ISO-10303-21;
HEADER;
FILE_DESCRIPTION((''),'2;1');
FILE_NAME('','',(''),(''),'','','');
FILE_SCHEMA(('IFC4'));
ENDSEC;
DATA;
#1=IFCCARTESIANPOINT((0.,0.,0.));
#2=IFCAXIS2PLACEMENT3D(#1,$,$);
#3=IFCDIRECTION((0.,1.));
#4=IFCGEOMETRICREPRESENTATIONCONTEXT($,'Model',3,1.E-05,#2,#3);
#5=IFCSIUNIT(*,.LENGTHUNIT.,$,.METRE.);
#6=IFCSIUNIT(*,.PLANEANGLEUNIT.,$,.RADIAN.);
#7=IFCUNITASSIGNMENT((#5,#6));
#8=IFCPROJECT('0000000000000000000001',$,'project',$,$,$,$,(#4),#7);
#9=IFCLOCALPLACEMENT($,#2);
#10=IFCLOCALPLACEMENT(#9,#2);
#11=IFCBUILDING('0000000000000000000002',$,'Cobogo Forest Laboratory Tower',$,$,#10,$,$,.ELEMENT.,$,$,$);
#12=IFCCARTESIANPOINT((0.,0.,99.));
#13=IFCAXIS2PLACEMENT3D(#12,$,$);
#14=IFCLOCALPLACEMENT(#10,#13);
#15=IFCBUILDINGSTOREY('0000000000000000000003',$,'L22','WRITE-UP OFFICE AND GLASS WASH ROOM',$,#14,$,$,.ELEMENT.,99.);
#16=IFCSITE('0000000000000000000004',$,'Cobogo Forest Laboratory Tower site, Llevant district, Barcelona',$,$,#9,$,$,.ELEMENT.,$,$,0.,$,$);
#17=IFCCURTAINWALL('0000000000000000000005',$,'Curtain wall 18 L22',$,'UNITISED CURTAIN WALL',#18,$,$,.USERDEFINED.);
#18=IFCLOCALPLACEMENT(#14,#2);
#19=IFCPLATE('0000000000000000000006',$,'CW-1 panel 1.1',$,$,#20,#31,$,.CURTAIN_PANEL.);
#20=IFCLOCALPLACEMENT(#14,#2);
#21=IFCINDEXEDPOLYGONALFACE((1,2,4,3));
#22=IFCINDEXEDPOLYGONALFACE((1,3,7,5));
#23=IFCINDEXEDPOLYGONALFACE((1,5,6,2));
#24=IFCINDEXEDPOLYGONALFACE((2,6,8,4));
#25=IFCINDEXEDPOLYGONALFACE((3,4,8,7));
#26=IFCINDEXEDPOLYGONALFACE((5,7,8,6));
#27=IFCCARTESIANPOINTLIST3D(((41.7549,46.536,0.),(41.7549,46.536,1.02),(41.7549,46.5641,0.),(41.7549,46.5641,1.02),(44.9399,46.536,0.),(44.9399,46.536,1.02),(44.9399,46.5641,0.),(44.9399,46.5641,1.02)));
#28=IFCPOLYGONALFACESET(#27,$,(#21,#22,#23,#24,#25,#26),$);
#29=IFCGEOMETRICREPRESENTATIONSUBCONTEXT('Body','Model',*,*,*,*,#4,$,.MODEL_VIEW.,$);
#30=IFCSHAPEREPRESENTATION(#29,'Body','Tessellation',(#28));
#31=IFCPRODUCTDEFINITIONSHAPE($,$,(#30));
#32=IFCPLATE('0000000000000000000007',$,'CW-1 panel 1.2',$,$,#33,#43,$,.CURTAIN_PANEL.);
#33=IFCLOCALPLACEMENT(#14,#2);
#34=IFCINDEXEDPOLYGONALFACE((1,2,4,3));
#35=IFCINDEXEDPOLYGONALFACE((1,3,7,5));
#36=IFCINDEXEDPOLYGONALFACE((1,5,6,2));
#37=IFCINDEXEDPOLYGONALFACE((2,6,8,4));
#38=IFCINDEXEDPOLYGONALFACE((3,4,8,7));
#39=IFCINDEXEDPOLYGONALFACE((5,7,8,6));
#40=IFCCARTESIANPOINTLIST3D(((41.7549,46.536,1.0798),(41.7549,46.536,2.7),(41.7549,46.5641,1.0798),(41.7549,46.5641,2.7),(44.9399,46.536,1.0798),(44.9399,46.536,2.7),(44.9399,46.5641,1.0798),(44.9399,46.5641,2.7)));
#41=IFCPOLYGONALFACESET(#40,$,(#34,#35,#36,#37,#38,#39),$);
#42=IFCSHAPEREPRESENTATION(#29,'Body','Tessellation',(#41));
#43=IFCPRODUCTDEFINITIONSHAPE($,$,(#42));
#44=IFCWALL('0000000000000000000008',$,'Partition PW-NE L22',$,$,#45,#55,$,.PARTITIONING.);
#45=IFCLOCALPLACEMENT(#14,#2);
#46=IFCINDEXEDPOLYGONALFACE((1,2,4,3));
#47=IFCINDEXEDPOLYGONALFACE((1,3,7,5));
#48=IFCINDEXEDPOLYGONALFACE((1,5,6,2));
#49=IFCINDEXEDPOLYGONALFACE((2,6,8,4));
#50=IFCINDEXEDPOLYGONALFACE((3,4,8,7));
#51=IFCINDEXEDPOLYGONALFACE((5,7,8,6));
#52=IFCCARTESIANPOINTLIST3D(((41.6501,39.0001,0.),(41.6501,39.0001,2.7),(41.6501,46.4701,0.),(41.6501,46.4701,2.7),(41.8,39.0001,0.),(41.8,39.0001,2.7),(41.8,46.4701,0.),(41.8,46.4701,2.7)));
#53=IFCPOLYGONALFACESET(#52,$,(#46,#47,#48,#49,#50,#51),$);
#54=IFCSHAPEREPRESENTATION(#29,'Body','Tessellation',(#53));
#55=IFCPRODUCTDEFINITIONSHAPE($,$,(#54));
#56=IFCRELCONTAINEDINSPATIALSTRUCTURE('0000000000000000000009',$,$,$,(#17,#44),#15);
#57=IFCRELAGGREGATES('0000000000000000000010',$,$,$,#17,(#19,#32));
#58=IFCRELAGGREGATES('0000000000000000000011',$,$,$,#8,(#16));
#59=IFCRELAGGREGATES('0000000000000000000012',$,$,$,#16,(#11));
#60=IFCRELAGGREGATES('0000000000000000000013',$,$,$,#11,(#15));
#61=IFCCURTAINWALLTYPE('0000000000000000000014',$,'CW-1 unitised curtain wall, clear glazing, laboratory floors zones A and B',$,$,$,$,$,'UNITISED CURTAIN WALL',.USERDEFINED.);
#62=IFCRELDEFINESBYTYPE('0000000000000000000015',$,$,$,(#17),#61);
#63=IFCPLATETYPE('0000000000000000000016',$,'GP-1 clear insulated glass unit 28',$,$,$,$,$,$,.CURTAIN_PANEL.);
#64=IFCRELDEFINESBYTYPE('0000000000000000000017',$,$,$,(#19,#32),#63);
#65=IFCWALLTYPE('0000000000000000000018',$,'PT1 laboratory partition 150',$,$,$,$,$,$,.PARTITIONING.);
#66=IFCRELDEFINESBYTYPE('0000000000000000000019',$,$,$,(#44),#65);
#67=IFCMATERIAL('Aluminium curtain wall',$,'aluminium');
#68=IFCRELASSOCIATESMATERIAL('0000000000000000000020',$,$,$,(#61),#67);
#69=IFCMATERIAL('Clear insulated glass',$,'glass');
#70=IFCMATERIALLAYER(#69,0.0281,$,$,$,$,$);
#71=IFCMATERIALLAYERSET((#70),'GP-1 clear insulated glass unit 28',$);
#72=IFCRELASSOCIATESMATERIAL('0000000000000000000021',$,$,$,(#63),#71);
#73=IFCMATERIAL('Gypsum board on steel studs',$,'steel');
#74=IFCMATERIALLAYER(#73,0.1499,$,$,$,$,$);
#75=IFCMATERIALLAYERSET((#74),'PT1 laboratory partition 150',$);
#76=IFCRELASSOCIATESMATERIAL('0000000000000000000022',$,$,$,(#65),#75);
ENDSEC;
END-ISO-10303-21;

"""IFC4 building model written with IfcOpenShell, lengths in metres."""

from ifc_helpers import new_model, si_unit, direction, frame, frame_2d, origin, origin_2d, place, context, subcontext, project, spatial, rectangle, extrude, material, layer, layer_set, type_object, element, aggregate, save


model = new_model("IFC4")

# Units and contexts
model_context = context("Model", 3, precision=1e-05, world=origin(), true_north=direction((0.0, 1.0)))
body_context = subcontext(model_context, "Body", "Model", "MODEL_VIEW")
ifc_project = project(units=[si_unit("LENGTHUNIT", "METRE"), si_unit("PLANEANGLEUNIT", "RADIAN")], contexts=[model_context])

# Site, building, storey
site_placement = place(None, origin())
site = spatial("IfcSite", under=ifc_project, at=site_placement, Name="Cobogo Forest Laboratory Tower site, Llevant district, Barcelona", CompositionType="ELEMENT", RefElevation=0.0)
building_placement = place(site_placement, origin())
building = spatial("IfcBuilding", under=site, at=building_placement, Name="Cobogo Forest Laboratory Tower", CompositionType="ELEMENT")
storey_placement = place(building_placement, frame((0.0, 0.0, 99.0)))
storey = spatial("IfcBuildingStorey", under=building, at=storey_placement, Name="L22", Description="WRITE-UP OFFICE AND GLASS WASH ROOM", CompositionType="ELEMENT", Elevation=99.0)

# Curtain wall
ifc_material_1 = material(Name="Aluminium curtain wall", Category="aluminium")
curtain_wall_type = type_object("IfcCurtainWallType", Name="CW-1 unitised curtain wall, clear glazing, laboratory floors zones A and B", ElementType="UNITISED CURTAIN WALL", PredefinedType="USERDEFINED", material=ifc_material_1)
curtain_wall_1_placement = place(storey_placement, origin())
curtain_wall_1 = element("IfcCurtainWall", 1, at=curtain_wall_1_placement, inside=storey, type_object=curtain_wall_type, Name="Curtain wall 18 L22", ObjectType="UNITISED CURTAIN WALL", PredefinedType="USERDEFINED")

# Plates
ifc_material_2 = material(Name="Clear insulated glass", Category="glass")
ifc_layer_1 = layer(ifc_material_2, 0.0281)
ifc_layer_set_1 = layer_set([ifc_layer_1], Name="GP-1 clear insulated glass unit 28")
plate_type = type_object("IfcPlateType", Name="GP-1 clear insulated glass unit 28", PredefinedType="CURTAIN_PANEL", material=ifc_layer_set_1)
plate_1_placement = place(storey_placement, frame((43.3474, 46.55, 0.0), z_axis=(0.0, 0.0, 1.0), x_axis=(-1.0, 0.0, 0.0)))
plate_1 = element("IfcPlate", 2, at=plate_1_placement, type_object=plate_type, Name="CW-1 panel 1.1", PredefinedType="CURTAIN_PANEL", context=body_context, shape_type="SweptSolid", body=[
    extrude(rectangle(XDim=3.1851, YDim=0.0281, at=origin_2d()), origin(), (0.0, 0.0, 1.0), 1.02),
])
plate_2_placement = place(storey_placement, frame((43.3474, 46.55, 1.0798), z_axis=(0.0, 0.0, 1.0), x_axis=(-1.0, 0.0, 0.0)))
plate_2 = element("IfcPlate", 3, at=plate_2_placement, type_object=plate_type, Name="CW-1 panel 1.2", PredefinedType="CURTAIN_PANEL", context=body_context, shape_type="SweptSolid", body=[
    extrude(rectangle(XDim=3.1851, YDim=0.0281, at=origin_2d()), origin(), (0.0, 0.0, 1.0), 1.6201),
])
aggregate(curtain_wall_1, [plate_1, plate_2])

# Wall
ifc_material_3 = material(Name="Gypsum board on steel studs", Category="steel")
ifc_layer_2 = layer(ifc_material_3, 0.1499)
ifc_layer_set_2 = layer_set([ifc_layer_2], Name="PT1 laboratory partition 150")
wall_type = type_object("IfcWallType", Name="PT1 laboratory partition 150", PredefinedType="PARTITIONING", material=ifc_layer_set_2)
wall_placement = place(storey_placement, frame((41.7251, 46.47, 0.0), z_axis=(0.0, 0.0, 1.0), x_axis=(0.0, -1.0, 0.0)))
element("IfcWall", 4, at=wall_placement, inside=storey, type_object=wall_type, Name="Partition PW-NE L22", PredefinedType="PARTITIONING", context=body_context, shape_type="SweptSolid", body=[
    extrude(rectangle(XDim=7.47, YDim=0.1499, at=frame_2d((3.7349, 0.0))), origin(), (0.0, 0.0, 1.0), 2.7),
])

save(model, "model.ifc")
